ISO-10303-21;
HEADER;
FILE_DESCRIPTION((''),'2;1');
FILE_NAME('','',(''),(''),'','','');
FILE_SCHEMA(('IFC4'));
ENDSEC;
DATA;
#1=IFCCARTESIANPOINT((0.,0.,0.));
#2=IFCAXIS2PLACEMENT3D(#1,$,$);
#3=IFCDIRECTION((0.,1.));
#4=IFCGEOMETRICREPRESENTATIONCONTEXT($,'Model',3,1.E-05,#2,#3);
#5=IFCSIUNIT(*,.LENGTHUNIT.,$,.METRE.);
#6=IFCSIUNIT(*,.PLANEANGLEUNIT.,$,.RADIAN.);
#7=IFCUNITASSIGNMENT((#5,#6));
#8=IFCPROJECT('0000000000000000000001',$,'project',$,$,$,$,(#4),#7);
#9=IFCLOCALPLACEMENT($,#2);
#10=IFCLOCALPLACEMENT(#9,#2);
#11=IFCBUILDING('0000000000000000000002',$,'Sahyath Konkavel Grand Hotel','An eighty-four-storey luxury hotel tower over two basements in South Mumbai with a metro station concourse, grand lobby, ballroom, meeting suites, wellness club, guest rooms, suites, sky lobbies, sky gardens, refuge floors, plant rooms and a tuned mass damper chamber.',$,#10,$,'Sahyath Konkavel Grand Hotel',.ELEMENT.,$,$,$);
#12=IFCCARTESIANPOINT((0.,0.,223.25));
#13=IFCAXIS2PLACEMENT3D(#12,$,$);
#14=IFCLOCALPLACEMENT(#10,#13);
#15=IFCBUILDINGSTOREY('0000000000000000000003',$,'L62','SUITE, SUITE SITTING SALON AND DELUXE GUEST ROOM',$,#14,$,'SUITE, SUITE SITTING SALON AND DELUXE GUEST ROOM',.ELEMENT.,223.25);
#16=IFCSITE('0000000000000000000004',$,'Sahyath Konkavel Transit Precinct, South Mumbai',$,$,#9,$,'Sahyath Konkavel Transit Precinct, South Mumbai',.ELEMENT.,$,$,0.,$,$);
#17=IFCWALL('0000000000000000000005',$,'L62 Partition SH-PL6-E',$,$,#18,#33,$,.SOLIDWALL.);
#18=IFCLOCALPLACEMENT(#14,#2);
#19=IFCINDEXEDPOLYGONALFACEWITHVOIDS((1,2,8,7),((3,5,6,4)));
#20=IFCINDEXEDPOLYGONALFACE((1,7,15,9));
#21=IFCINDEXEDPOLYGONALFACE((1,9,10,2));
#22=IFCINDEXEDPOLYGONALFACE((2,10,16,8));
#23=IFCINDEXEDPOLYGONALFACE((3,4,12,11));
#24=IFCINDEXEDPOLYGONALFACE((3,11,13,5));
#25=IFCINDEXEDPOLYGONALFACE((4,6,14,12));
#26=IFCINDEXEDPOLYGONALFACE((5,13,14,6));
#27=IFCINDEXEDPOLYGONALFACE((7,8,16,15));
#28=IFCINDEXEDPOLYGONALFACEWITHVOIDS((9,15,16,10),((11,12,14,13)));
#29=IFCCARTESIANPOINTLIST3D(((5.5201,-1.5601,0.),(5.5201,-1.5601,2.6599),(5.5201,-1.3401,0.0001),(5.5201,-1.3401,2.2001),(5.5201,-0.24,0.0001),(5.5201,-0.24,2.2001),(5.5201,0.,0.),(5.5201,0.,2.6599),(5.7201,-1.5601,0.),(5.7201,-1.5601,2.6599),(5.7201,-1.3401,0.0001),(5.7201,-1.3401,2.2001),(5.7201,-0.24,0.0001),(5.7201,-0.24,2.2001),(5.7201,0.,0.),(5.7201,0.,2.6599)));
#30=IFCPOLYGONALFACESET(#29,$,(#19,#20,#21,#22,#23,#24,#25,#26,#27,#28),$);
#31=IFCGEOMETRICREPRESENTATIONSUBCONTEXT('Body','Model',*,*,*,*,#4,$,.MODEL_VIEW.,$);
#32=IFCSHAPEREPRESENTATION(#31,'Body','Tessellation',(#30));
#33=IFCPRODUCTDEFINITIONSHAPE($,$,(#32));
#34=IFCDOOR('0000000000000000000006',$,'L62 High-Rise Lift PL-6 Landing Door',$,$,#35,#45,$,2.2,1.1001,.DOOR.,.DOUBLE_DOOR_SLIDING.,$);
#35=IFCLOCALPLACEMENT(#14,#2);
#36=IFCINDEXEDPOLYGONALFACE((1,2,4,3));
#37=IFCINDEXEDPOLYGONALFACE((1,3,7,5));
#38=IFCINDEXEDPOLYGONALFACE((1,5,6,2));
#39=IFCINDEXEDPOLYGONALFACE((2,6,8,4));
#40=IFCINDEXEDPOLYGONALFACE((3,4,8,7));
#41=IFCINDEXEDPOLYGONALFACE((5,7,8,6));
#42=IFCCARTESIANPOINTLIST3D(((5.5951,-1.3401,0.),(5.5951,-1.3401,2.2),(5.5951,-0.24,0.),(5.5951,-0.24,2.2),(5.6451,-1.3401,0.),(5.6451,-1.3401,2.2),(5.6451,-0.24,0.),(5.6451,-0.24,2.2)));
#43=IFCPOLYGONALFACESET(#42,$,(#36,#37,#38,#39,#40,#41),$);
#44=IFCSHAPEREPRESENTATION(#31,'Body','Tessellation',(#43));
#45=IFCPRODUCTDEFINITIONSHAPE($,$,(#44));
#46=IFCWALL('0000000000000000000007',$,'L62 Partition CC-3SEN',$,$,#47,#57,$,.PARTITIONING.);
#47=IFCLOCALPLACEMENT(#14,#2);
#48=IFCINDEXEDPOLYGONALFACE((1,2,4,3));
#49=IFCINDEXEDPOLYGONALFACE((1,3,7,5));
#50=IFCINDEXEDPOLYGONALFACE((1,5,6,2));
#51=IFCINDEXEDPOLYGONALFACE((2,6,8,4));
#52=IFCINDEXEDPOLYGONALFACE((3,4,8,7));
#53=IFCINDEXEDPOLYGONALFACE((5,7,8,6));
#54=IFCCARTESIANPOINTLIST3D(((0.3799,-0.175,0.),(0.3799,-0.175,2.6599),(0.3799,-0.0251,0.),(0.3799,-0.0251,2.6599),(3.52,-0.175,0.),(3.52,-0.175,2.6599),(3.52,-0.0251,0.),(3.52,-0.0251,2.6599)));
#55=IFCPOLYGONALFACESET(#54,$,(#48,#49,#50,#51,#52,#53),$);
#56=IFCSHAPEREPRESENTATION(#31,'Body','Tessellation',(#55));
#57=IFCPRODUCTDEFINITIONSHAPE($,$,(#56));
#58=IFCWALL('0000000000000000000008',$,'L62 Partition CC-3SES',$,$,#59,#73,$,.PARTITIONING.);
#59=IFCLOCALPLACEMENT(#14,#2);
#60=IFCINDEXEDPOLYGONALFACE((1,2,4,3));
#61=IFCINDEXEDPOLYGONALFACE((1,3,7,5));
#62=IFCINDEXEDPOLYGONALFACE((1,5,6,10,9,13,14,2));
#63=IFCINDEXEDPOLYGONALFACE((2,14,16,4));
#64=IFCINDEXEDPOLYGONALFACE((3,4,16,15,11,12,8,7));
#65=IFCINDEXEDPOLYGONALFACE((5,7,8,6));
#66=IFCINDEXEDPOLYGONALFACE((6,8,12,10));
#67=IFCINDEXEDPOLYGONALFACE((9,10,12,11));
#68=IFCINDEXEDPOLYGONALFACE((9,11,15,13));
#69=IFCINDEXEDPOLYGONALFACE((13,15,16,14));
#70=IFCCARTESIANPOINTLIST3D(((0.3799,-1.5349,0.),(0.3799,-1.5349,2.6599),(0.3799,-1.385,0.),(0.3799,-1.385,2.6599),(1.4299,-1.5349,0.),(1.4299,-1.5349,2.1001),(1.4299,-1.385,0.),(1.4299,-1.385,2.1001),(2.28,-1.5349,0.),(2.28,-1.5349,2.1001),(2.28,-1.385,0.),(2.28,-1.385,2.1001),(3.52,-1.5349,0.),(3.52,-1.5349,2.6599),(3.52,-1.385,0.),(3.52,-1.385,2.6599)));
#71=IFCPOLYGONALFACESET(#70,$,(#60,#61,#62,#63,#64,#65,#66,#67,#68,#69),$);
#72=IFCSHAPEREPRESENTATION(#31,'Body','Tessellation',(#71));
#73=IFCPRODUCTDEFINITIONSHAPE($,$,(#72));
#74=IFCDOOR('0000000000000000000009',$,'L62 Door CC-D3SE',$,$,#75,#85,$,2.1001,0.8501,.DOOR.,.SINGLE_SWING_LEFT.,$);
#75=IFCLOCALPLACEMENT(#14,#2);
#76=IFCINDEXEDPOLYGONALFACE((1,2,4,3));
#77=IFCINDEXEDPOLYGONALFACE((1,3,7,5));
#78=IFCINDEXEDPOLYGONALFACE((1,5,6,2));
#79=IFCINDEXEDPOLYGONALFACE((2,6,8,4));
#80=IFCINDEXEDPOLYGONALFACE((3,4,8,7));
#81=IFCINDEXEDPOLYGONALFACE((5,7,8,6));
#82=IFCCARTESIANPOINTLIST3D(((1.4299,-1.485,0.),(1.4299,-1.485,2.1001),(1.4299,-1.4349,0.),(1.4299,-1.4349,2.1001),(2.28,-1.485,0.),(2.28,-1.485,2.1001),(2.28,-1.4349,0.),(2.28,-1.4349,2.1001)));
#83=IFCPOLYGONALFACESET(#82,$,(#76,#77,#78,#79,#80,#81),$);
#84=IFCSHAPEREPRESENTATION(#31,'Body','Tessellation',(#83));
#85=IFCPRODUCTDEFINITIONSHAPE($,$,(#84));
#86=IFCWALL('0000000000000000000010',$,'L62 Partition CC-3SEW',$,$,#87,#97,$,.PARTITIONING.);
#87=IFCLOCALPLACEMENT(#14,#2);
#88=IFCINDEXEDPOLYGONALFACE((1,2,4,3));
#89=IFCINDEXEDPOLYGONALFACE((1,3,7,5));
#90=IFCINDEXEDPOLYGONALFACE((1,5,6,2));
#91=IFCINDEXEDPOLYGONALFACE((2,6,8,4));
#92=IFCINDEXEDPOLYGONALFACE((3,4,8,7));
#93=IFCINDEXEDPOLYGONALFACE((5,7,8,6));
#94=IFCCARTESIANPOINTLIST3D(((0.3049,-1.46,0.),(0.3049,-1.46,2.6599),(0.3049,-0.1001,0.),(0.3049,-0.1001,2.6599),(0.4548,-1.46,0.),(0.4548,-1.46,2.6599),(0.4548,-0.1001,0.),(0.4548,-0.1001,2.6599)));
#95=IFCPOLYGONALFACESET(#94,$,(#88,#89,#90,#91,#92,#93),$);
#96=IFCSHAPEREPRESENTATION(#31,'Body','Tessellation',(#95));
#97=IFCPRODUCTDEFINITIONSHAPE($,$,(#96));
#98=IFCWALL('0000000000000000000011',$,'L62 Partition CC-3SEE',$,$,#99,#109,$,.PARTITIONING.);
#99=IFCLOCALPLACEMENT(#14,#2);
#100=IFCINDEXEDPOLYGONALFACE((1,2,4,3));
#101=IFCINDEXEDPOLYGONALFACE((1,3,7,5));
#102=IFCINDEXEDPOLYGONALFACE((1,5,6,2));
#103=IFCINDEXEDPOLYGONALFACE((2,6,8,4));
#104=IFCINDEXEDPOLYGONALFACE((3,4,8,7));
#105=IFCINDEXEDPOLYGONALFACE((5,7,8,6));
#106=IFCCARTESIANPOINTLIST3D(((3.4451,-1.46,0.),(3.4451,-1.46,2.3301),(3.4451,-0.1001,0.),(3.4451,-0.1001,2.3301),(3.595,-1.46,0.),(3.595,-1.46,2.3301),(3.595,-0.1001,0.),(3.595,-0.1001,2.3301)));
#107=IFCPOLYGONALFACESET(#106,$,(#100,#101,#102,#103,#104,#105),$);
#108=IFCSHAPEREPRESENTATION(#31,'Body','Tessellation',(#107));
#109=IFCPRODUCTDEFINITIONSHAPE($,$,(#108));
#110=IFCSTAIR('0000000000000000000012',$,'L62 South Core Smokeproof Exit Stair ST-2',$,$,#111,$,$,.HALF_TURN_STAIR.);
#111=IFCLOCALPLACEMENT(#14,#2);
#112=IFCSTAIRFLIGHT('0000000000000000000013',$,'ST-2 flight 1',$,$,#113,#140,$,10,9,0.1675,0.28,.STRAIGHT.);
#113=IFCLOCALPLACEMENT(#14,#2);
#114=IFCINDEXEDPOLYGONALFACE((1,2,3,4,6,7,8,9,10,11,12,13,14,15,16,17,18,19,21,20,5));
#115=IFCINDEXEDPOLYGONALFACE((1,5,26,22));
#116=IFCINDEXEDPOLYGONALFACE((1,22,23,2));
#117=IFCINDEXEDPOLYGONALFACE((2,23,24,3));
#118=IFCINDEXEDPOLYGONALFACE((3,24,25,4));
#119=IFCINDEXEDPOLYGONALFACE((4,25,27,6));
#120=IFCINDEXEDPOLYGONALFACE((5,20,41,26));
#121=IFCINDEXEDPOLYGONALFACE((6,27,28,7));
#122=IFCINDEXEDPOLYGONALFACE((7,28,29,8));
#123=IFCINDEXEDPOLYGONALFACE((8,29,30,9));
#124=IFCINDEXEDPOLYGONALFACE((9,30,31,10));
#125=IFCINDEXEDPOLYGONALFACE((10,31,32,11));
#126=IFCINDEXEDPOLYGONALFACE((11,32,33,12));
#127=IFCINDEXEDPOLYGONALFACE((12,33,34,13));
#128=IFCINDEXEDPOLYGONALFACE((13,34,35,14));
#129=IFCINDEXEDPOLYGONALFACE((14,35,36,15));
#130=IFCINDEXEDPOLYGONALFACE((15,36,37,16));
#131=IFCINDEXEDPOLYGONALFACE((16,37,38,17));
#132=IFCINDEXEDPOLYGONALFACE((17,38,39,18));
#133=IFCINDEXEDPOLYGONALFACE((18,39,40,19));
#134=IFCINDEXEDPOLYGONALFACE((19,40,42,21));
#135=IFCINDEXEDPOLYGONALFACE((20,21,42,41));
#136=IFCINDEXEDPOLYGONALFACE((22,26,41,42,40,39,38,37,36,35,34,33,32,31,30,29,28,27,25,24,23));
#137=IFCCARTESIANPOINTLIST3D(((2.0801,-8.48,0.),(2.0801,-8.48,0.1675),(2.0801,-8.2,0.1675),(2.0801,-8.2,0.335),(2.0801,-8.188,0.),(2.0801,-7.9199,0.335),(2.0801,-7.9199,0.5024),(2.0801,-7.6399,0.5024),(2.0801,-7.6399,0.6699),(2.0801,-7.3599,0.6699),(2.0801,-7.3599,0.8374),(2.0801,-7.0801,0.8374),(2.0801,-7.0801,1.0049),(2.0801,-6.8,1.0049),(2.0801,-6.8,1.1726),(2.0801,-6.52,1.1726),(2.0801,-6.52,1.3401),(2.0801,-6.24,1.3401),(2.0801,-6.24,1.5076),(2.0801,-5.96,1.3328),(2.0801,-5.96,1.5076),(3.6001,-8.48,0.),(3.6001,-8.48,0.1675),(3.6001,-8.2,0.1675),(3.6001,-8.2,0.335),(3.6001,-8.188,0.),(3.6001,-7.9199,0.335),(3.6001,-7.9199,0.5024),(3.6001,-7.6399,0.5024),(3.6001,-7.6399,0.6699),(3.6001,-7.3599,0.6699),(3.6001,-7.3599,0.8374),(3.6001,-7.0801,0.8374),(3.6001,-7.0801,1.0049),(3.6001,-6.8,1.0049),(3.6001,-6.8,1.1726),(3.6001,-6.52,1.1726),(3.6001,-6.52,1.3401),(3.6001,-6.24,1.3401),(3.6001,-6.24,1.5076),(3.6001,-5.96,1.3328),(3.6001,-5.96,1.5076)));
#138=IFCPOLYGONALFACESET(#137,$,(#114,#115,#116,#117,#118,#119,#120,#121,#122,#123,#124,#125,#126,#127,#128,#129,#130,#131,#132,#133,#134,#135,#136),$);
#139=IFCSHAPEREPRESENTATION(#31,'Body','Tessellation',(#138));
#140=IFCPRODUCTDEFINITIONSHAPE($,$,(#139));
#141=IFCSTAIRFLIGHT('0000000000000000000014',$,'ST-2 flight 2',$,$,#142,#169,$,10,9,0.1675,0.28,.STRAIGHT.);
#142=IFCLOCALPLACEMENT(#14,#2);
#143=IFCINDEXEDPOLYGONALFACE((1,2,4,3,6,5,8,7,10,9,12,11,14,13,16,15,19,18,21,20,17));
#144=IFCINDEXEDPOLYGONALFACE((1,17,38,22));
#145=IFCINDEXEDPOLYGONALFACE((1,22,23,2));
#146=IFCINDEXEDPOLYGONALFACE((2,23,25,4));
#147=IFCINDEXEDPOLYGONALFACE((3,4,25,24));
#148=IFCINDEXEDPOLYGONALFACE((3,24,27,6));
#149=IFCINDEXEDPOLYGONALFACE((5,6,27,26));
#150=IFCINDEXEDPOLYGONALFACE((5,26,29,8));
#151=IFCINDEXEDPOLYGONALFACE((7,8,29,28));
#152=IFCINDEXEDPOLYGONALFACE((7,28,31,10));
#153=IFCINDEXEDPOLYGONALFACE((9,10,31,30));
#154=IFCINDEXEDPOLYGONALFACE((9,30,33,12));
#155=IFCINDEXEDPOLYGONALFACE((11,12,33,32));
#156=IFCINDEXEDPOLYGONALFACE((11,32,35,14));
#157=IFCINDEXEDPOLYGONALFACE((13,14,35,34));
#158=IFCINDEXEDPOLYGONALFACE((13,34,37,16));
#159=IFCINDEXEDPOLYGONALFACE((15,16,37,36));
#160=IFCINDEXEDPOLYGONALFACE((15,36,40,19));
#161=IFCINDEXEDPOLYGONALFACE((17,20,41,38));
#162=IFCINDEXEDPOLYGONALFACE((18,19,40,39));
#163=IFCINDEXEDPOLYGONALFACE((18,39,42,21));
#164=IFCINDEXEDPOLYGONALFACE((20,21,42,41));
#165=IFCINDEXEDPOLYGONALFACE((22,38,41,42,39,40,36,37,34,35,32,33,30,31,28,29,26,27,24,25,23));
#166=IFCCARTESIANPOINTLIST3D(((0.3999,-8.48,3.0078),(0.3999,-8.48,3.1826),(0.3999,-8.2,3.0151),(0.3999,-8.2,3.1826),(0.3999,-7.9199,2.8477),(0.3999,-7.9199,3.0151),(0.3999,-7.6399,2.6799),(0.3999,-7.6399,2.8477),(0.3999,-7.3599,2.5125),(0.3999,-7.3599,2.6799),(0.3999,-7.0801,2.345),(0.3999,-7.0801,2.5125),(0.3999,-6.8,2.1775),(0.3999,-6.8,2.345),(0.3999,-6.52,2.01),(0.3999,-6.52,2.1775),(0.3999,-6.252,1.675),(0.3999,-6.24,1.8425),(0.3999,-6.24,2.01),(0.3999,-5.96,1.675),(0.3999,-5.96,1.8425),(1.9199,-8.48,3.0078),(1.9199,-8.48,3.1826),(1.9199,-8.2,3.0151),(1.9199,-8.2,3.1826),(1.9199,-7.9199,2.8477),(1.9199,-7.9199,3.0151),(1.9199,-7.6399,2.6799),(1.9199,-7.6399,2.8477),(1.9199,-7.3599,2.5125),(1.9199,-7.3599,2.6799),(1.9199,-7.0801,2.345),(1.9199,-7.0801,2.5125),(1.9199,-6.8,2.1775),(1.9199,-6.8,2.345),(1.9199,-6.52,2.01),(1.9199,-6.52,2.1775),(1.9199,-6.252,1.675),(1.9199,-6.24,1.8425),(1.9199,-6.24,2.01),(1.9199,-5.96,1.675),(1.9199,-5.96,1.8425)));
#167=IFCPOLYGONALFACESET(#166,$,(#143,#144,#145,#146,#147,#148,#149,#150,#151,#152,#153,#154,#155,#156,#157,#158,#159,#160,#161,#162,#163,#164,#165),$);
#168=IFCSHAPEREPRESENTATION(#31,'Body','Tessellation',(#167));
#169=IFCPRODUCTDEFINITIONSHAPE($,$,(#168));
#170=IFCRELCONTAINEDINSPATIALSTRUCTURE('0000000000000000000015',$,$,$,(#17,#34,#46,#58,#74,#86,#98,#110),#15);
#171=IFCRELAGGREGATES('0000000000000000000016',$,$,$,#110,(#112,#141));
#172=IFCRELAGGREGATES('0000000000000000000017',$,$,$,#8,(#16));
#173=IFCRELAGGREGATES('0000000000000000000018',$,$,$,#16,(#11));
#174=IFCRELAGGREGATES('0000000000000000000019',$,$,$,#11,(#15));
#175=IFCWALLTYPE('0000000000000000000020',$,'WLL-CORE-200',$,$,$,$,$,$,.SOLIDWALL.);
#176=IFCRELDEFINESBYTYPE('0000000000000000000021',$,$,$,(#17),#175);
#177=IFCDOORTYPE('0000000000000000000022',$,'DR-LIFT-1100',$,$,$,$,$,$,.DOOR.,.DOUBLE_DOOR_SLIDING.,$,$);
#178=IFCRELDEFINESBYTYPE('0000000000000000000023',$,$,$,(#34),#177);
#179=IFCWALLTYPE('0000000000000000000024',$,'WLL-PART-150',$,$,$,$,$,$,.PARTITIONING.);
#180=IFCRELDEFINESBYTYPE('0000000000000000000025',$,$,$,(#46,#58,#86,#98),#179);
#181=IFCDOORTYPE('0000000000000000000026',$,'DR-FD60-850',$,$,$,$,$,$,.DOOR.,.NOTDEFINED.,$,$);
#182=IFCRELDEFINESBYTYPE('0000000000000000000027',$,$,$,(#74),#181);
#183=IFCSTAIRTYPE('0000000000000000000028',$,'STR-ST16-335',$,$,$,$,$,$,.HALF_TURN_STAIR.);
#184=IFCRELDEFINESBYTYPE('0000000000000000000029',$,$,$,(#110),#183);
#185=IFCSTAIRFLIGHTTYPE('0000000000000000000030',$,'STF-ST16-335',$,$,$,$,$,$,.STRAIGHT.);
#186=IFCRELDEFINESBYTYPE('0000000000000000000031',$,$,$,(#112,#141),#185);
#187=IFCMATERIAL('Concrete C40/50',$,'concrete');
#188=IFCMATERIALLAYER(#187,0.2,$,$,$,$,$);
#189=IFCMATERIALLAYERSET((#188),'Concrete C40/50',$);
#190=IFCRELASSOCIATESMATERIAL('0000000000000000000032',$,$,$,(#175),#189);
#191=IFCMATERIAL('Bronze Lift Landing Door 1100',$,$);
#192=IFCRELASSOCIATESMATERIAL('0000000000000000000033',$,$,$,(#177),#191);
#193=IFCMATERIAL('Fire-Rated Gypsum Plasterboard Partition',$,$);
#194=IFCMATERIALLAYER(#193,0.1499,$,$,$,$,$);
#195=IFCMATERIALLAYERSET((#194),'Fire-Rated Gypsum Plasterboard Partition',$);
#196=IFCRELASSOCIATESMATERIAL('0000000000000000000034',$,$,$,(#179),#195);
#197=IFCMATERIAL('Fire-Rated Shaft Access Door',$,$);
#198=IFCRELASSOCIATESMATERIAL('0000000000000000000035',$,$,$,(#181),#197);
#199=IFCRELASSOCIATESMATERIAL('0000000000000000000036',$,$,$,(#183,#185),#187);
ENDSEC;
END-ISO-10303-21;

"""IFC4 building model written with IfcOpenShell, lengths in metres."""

from ifc_helpers import new_model, si_unit, direction, frame, frame_2d, origin, origin_2d, place, context, subcontext, project, spatial, polyline, rectangle, outline, extrude, source, transform, mapped, material, layer, layer_set, type_object, element, fill, aggregate, save


model = new_model("IFC4")

# Units and contexts
model_context = context("Model", 3, precision=1e-05, world=origin(), true_north=direction((0.0, 1.0)))
body_context = subcontext(model_context, "Body", "Model", "MODEL_VIEW")
ifc_project = project(units=[si_unit("LENGTHUNIT", "METRE"), si_unit("PLANEANGLEUNIT", "RADIAN")], contexts=[model_context])

# Site, building, storey
site_placement = place(None, origin())
site = spatial("IfcSite", under=ifc_project, at=site_placement, Name="Sahyath Konkavel Transit Precinct, South Mumbai", LongName="Sahyath Konkavel Transit Precinct, South Mumbai", CompositionType="ELEMENT", RefElevation=0.0)
building_placement = place(site_placement, origin())
building = spatial("IfcBuilding", under=site, at=building_placement, Name="Sahyath Konkavel Grand Hotel", Description="An eighty-four-storey luxury hotel tower over two basements in South Mumbai with a metro station concourse, grand lobby, ballroom, meeting suites, wellness club, guest rooms, suites, sky lobbies, sky gardens, refuge floors, plant rooms and a tuned mass damper chamber.", LongName="Sahyath Konkavel Grand Hotel", CompositionType="ELEMENT")
storey_placement = place(building_placement, frame((0.0, 0.0, 223.25)))
storey = spatial("IfcBuildingStorey", under=building, at=storey_placement, Name="L62", Description="SUITE, SUITE SITTING SALON AND DELUXE GUEST ROOM", LongName="SUITE, SUITE SITTING SALON AND DELUXE GUEST ROOM", CompositionType="ELEMENT", Elevation=223.25)

# Shared definitions
ifc_material_1 = material(Name="Concrete C40/50", Category="concrete")

# Shared definitions
ifc_layer_1 = layer(ifc_material_1, 0.2)
ifc_layer_set_1 = layer_set([ifc_layer_1], Name="Concrete C40/50")
wall_type_1 = type_object("IfcWallType", Name="WLL-CORE-200", PredefinedType="SOLIDWALL", material=ifc_layer_set_1)

# Wall, opening, door
wall_1_placement = place(storey_placement, frame((5.6201, -1.5601, 0.0), z_axis=(0.0, 0.0, 1.0), x_axis=(0.0, 1.0, 0.0)))
wall_1 = element("IfcWall", 1, at=wall_1_placement, inside=storey, type_object=wall_type_1, Name="L62 Partition SH-PL6-E", PredefinedType="SOLIDWALL", context=body_context, shape_type="SweptSolid", body=[
    extrude(rectangle(XDim=1.5601, YDim=0.2, at=frame_2d((0.78, 0.0))), origin(), (0.0, 0.0, 1.0), 2.6599),
])
opening_1_placement = place(wall_1_placement, frame((0.22, 0.0, 0.0)))
opening_1 = element("IfcOpeningElement", 2, at=opening_1_placement, cuts=wall_1, PredefinedType="OPENING", context=body_context, shape_type="SweptSolid", body=[
    extrude(rectangle(XDim=1.1001, YDim=2.2, at=frame_2d((0.55, 1.1001))), frame((0.0, 0.1099, 0.0), z_axis=(0.0, -1.0, 0.0), x_axis=(1.0, 0.0, 0.0)), (0.0, 0.0, 1.0), 0.22),
])
ifc_material_2 = material(Name="Bronze Lift Landing Door 1100")
door_type_1 = type_object("IfcDoorType", Name="DR-LIFT-1100", OperationType="DOUBLE_DOOR_SLIDING", PredefinedType="DOOR", material=ifc_material_2)
shared_shape_1 = source(origin(), body_context, "Body", "SweptSolid", [
    extrude(rectangle(XDim=1.1001, YDim=0.05, at=origin_2d()), origin(), (0.0, 0.0, 1.0), 2.2),
])
door_1_placement = place(opening_1_placement, frame((0.55, 0.0, 0.0)))
door_1 = element("IfcDoor", 3, at=door_1_placement, inside=storey, type_object=door_type_1, Name="L62 High-Rise Lift PL-6 Landing Door", OperationType="DOUBLE_DOOR_SLIDING", OverallHeight=2.2, OverallWidth=1.1001, PredefinedType="DOOR", context=body_context, shape_type="MappedRepresentation", body=[
    mapped(shared_shape_1, transform((0.0, 0.0, 0.0), scale=1.0)),
])
fill(opening_1, door_1)

# Wall
ifc_material_3 = material(Name="Fire-Rated Gypsum Plasterboard Partition")
ifc_layer_2 = layer(ifc_material_3, 0.1499)
ifc_layer_set_2 = layer_set([ifc_layer_2], Name="Fire-Rated Gypsum Plasterboard Partition")
wall_type_2 = type_object("IfcWallType", Name="WLL-PART-150", PredefinedType="PARTITIONING", material=ifc_layer_set_2)
wall_2_placement = place(storey_placement, frame((0.3799, -0.1001, 0.0), z_axis=(0.0, 0.0, 1.0), x_axis=(1.0, 0.0, 0.0)))
element("IfcWall", 4, at=wall_2_placement, inside=storey, type_object=wall_type_2, Name="L62 Partition CC-3SEN", PredefinedType="PARTITIONING", context=body_context, shape_type="SweptSolid", body=[
    extrude(rectangle(XDim=3.1401, YDim=0.1499, at=frame_2d((1.5701, 0.0))), origin(), (0.0, 0.0, 1.0), 2.6599),
])

# Wall, opening, door
wall_3_placement = place(storey_placement, frame((0.3799, -1.46, 0.0), z_axis=(0.0, 0.0, 1.0), x_axis=(1.0, 0.0, 0.0)))
wall_3 = element("IfcWall", 5, at=wall_3_placement, inside=storey, type_object=wall_type_2, Name="L62 Partition CC-3SES", PredefinedType="PARTITIONING", context=body_context, shape_type="SweptSolid", body=[
    extrude(rectangle(XDim=3.1401, YDim=0.1499, at=frame_2d((1.5701, 0.0))), origin(), (0.0, 0.0, 1.0), 2.6599),
])
opening_2_placement = place(wall_3_placement, frame((1.05, 0.0, 0.0)))
opening_2 = element("IfcOpeningElement", 6, at=opening_2_placement, cuts=wall_3, PredefinedType="OPENING", context=body_context, shape_type="SweptSolid", body=[
    extrude(rectangle(XDim=0.8501, YDim=2.1001, at=frame_2d((0.425, 1.05))), frame((0.0, 0.085, 0.0), z_axis=(0.0, -1.0, 0.0), x_axis=(1.0, 0.0, 0.0)), (0.0, 0.0, 1.0), 0.1699),
])
ifc_material_4 = material(Name="Fire-Rated Shaft Access Door")
door_type_2 = type_object("IfcDoorType", Name="DR-FD60-850", OperationType="NOTDEFINED", PredefinedType="DOOR", material=ifc_material_4)
shared_shape_2 = source(origin(), body_context, "Body", "SweptSolid", [
    extrude(rectangle(XDim=0.8501, YDim=0.05, at=origin_2d()), origin(), (0.0, 0.0, 1.0), 2.1001),
])
door_2_placement = place(opening_2_placement, frame((0.425, 0.0, 0.0)))
door_2 = element("IfcDoor", 7, at=door_2_placement, inside=storey, type_object=door_type_2, Name="L62 Door CC-D3SE", OperationType="SINGLE_SWING_LEFT", OverallHeight=2.1001, OverallWidth=0.8501, PredefinedType="DOOR", context=body_context, shape_type="MappedRepresentation", body=[
    mapped(shared_shape_2, transform((0.0, 0.0, 0.0), scale=1.0)),
])
fill(opening_2, door_2)

# Walls
wall_4_placement = place(storey_placement, frame((0.3799, -1.46, 0.0), z_axis=(0.0, 0.0, 1.0), x_axis=(0.0, 1.0, 0.0)))
element("IfcWall", 8, at=wall_4_placement, inside=storey, type_object=wall_type_2, Name="L62 Partition CC-3SEW", PredefinedType="PARTITIONING", context=body_context, shape_type="SweptSolid", body=[
    extrude(rectangle(XDim=1.3599, YDim=0.1499, at=frame_2d((0.6799, 0.0))), origin(), (0.0, 0.0, 1.0), 2.6599),
])
wall_5_placement = place(storey_placement, frame((3.52, -1.46, 0.0), z_axis=(0.0, 0.0, 1.0), x_axis=(0.0, 1.0, 0.0)))
element("IfcWall", 9, at=wall_5_placement, inside=storey, type_object=wall_type_2, Name="L62 Partition CC-3SEE", PredefinedType="PARTITIONING", context=body_context, shape_type="SweptSolid", body=[
    extrude(rectangle(XDim=1.3599, YDim=0.1499, at=frame_2d((0.6799, 0.0))), origin(), (0.0, 0.0, 1.0), 2.3301),
])

# Stair, stair flights
stair_type = type_object("IfcStairType", Name="STR-ST16-335", PredefinedType="HALF_TURN_STAIR", material=ifc_material_1)
stair_placement = place(storey_placement, origin())
stair = element("IfcStair", 10, at=stair_placement, inside=storey, type_object=stair_type, Name="L62 South Core Smokeproof Exit Stair ST-2", PredefinedType="HALF_TURN_STAIR")
stair_flight_type = type_object("IfcStairFlightType", Name="STF-ST16-335", PredefinedType="STRAIGHT", material=ifc_material_1)
stair_flight_1_placement = place(storey_placement, frame((2.8401, -8.48, 0.0), z_axis=(0.0, 0.0, 1.0), x_axis=(0.0, 1.0, 0.0)))
stair_flight_1 = element("IfcStairFlight", 11, at=stair_flight_1_placement, type_object=stair_flight_type, Name="ST-2 flight 1", NumberOfRisers=10, NumberOfTreads=9, PredefinedType="STRAIGHT", RiserHeight=0.1675, TreadLength=0.28, context=body_context, shape_type="SweptSolid", body=[
    extrude(outline(polyline([(0.0, 0.0), (0.0, 0.1675), (0.28, 0.1675), (0.28, 0.335), (0.5601, 0.335), (0.5601, 0.5024), (0.8401, 0.5024), (0.8401, 0.6699), (1.1201, 0.6699), (1.1201, 0.8374), (1.3999, 0.8374), (1.3999, 1.0049), (1.6799, 1.0049), (1.6799, 1.1726), (1.96, 1.1726), (1.96, 1.3401), (2.24, 1.3401), (2.24, 1.5076), (2.52, 1.5076), (2.52, 1.675), (2.52, 1.3328), (0.292, 0.0), (0.0, 0.0)])), frame((0.0, 0.76, 0.0), z_axis=(0.0, -1.0, 0.0), x_axis=(1.0, 0.0, 0.0)), (0.0, 0.0, 1.0), 1.52),
])
stair_flight_2_placement = place(storey_placement, frame((1.1599, -5.96, 1.675), z_axis=(0.0, 0.0, 1.0), x_axis=(0.0, -1.0, 0.0)))
stair_flight_2 = element("IfcStairFlight", 12, at=stair_flight_2_placement, type_object=stair_flight_type, Name="ST-2 flight 2", NumberOfRisers=10, NumberOfTreads=9, PredefinedType="STRAIGHT", RiserHeight=0.1675, TreadLength=0.28, context=body_context, shape_type="SweptSolid", body=[
    extrude(outline(polyline([(0.0, 0.0), (0.0, 0.1675), (0.28, 0.1675), (0.28, 0.335), (0.5601, 0.335), (0.5601, 0.5024), (0.8401, 0.5024), (0.8401, 0.6699), (1.1201, 0.6699), (1.1201, 0.8374), (1.3999, 0.8374), (1.3999, 1.0049), (1.6799, 1.0049), (1.6799, 1.1726), (1.96, 1.1726), (1.96, 1.3401), (2.24, 1.3401), (2.24, 1.5076), (2.52, 1.5076), (2.52, 1.675), (2.52, 1.3328), (0.292, 0.0), (0.0, 0.0)])), frame((0.0, 0.76, 0.0), z_axis=(0.0, -1.0, 0.0), x_axis=(1.0, 0.0, 0.0)), (0.0, 0.0, 1.0), 1.52),
])
aggregate(stair, [stair_flight_1, stair_flight_2])

save(model, "model.ifc")
